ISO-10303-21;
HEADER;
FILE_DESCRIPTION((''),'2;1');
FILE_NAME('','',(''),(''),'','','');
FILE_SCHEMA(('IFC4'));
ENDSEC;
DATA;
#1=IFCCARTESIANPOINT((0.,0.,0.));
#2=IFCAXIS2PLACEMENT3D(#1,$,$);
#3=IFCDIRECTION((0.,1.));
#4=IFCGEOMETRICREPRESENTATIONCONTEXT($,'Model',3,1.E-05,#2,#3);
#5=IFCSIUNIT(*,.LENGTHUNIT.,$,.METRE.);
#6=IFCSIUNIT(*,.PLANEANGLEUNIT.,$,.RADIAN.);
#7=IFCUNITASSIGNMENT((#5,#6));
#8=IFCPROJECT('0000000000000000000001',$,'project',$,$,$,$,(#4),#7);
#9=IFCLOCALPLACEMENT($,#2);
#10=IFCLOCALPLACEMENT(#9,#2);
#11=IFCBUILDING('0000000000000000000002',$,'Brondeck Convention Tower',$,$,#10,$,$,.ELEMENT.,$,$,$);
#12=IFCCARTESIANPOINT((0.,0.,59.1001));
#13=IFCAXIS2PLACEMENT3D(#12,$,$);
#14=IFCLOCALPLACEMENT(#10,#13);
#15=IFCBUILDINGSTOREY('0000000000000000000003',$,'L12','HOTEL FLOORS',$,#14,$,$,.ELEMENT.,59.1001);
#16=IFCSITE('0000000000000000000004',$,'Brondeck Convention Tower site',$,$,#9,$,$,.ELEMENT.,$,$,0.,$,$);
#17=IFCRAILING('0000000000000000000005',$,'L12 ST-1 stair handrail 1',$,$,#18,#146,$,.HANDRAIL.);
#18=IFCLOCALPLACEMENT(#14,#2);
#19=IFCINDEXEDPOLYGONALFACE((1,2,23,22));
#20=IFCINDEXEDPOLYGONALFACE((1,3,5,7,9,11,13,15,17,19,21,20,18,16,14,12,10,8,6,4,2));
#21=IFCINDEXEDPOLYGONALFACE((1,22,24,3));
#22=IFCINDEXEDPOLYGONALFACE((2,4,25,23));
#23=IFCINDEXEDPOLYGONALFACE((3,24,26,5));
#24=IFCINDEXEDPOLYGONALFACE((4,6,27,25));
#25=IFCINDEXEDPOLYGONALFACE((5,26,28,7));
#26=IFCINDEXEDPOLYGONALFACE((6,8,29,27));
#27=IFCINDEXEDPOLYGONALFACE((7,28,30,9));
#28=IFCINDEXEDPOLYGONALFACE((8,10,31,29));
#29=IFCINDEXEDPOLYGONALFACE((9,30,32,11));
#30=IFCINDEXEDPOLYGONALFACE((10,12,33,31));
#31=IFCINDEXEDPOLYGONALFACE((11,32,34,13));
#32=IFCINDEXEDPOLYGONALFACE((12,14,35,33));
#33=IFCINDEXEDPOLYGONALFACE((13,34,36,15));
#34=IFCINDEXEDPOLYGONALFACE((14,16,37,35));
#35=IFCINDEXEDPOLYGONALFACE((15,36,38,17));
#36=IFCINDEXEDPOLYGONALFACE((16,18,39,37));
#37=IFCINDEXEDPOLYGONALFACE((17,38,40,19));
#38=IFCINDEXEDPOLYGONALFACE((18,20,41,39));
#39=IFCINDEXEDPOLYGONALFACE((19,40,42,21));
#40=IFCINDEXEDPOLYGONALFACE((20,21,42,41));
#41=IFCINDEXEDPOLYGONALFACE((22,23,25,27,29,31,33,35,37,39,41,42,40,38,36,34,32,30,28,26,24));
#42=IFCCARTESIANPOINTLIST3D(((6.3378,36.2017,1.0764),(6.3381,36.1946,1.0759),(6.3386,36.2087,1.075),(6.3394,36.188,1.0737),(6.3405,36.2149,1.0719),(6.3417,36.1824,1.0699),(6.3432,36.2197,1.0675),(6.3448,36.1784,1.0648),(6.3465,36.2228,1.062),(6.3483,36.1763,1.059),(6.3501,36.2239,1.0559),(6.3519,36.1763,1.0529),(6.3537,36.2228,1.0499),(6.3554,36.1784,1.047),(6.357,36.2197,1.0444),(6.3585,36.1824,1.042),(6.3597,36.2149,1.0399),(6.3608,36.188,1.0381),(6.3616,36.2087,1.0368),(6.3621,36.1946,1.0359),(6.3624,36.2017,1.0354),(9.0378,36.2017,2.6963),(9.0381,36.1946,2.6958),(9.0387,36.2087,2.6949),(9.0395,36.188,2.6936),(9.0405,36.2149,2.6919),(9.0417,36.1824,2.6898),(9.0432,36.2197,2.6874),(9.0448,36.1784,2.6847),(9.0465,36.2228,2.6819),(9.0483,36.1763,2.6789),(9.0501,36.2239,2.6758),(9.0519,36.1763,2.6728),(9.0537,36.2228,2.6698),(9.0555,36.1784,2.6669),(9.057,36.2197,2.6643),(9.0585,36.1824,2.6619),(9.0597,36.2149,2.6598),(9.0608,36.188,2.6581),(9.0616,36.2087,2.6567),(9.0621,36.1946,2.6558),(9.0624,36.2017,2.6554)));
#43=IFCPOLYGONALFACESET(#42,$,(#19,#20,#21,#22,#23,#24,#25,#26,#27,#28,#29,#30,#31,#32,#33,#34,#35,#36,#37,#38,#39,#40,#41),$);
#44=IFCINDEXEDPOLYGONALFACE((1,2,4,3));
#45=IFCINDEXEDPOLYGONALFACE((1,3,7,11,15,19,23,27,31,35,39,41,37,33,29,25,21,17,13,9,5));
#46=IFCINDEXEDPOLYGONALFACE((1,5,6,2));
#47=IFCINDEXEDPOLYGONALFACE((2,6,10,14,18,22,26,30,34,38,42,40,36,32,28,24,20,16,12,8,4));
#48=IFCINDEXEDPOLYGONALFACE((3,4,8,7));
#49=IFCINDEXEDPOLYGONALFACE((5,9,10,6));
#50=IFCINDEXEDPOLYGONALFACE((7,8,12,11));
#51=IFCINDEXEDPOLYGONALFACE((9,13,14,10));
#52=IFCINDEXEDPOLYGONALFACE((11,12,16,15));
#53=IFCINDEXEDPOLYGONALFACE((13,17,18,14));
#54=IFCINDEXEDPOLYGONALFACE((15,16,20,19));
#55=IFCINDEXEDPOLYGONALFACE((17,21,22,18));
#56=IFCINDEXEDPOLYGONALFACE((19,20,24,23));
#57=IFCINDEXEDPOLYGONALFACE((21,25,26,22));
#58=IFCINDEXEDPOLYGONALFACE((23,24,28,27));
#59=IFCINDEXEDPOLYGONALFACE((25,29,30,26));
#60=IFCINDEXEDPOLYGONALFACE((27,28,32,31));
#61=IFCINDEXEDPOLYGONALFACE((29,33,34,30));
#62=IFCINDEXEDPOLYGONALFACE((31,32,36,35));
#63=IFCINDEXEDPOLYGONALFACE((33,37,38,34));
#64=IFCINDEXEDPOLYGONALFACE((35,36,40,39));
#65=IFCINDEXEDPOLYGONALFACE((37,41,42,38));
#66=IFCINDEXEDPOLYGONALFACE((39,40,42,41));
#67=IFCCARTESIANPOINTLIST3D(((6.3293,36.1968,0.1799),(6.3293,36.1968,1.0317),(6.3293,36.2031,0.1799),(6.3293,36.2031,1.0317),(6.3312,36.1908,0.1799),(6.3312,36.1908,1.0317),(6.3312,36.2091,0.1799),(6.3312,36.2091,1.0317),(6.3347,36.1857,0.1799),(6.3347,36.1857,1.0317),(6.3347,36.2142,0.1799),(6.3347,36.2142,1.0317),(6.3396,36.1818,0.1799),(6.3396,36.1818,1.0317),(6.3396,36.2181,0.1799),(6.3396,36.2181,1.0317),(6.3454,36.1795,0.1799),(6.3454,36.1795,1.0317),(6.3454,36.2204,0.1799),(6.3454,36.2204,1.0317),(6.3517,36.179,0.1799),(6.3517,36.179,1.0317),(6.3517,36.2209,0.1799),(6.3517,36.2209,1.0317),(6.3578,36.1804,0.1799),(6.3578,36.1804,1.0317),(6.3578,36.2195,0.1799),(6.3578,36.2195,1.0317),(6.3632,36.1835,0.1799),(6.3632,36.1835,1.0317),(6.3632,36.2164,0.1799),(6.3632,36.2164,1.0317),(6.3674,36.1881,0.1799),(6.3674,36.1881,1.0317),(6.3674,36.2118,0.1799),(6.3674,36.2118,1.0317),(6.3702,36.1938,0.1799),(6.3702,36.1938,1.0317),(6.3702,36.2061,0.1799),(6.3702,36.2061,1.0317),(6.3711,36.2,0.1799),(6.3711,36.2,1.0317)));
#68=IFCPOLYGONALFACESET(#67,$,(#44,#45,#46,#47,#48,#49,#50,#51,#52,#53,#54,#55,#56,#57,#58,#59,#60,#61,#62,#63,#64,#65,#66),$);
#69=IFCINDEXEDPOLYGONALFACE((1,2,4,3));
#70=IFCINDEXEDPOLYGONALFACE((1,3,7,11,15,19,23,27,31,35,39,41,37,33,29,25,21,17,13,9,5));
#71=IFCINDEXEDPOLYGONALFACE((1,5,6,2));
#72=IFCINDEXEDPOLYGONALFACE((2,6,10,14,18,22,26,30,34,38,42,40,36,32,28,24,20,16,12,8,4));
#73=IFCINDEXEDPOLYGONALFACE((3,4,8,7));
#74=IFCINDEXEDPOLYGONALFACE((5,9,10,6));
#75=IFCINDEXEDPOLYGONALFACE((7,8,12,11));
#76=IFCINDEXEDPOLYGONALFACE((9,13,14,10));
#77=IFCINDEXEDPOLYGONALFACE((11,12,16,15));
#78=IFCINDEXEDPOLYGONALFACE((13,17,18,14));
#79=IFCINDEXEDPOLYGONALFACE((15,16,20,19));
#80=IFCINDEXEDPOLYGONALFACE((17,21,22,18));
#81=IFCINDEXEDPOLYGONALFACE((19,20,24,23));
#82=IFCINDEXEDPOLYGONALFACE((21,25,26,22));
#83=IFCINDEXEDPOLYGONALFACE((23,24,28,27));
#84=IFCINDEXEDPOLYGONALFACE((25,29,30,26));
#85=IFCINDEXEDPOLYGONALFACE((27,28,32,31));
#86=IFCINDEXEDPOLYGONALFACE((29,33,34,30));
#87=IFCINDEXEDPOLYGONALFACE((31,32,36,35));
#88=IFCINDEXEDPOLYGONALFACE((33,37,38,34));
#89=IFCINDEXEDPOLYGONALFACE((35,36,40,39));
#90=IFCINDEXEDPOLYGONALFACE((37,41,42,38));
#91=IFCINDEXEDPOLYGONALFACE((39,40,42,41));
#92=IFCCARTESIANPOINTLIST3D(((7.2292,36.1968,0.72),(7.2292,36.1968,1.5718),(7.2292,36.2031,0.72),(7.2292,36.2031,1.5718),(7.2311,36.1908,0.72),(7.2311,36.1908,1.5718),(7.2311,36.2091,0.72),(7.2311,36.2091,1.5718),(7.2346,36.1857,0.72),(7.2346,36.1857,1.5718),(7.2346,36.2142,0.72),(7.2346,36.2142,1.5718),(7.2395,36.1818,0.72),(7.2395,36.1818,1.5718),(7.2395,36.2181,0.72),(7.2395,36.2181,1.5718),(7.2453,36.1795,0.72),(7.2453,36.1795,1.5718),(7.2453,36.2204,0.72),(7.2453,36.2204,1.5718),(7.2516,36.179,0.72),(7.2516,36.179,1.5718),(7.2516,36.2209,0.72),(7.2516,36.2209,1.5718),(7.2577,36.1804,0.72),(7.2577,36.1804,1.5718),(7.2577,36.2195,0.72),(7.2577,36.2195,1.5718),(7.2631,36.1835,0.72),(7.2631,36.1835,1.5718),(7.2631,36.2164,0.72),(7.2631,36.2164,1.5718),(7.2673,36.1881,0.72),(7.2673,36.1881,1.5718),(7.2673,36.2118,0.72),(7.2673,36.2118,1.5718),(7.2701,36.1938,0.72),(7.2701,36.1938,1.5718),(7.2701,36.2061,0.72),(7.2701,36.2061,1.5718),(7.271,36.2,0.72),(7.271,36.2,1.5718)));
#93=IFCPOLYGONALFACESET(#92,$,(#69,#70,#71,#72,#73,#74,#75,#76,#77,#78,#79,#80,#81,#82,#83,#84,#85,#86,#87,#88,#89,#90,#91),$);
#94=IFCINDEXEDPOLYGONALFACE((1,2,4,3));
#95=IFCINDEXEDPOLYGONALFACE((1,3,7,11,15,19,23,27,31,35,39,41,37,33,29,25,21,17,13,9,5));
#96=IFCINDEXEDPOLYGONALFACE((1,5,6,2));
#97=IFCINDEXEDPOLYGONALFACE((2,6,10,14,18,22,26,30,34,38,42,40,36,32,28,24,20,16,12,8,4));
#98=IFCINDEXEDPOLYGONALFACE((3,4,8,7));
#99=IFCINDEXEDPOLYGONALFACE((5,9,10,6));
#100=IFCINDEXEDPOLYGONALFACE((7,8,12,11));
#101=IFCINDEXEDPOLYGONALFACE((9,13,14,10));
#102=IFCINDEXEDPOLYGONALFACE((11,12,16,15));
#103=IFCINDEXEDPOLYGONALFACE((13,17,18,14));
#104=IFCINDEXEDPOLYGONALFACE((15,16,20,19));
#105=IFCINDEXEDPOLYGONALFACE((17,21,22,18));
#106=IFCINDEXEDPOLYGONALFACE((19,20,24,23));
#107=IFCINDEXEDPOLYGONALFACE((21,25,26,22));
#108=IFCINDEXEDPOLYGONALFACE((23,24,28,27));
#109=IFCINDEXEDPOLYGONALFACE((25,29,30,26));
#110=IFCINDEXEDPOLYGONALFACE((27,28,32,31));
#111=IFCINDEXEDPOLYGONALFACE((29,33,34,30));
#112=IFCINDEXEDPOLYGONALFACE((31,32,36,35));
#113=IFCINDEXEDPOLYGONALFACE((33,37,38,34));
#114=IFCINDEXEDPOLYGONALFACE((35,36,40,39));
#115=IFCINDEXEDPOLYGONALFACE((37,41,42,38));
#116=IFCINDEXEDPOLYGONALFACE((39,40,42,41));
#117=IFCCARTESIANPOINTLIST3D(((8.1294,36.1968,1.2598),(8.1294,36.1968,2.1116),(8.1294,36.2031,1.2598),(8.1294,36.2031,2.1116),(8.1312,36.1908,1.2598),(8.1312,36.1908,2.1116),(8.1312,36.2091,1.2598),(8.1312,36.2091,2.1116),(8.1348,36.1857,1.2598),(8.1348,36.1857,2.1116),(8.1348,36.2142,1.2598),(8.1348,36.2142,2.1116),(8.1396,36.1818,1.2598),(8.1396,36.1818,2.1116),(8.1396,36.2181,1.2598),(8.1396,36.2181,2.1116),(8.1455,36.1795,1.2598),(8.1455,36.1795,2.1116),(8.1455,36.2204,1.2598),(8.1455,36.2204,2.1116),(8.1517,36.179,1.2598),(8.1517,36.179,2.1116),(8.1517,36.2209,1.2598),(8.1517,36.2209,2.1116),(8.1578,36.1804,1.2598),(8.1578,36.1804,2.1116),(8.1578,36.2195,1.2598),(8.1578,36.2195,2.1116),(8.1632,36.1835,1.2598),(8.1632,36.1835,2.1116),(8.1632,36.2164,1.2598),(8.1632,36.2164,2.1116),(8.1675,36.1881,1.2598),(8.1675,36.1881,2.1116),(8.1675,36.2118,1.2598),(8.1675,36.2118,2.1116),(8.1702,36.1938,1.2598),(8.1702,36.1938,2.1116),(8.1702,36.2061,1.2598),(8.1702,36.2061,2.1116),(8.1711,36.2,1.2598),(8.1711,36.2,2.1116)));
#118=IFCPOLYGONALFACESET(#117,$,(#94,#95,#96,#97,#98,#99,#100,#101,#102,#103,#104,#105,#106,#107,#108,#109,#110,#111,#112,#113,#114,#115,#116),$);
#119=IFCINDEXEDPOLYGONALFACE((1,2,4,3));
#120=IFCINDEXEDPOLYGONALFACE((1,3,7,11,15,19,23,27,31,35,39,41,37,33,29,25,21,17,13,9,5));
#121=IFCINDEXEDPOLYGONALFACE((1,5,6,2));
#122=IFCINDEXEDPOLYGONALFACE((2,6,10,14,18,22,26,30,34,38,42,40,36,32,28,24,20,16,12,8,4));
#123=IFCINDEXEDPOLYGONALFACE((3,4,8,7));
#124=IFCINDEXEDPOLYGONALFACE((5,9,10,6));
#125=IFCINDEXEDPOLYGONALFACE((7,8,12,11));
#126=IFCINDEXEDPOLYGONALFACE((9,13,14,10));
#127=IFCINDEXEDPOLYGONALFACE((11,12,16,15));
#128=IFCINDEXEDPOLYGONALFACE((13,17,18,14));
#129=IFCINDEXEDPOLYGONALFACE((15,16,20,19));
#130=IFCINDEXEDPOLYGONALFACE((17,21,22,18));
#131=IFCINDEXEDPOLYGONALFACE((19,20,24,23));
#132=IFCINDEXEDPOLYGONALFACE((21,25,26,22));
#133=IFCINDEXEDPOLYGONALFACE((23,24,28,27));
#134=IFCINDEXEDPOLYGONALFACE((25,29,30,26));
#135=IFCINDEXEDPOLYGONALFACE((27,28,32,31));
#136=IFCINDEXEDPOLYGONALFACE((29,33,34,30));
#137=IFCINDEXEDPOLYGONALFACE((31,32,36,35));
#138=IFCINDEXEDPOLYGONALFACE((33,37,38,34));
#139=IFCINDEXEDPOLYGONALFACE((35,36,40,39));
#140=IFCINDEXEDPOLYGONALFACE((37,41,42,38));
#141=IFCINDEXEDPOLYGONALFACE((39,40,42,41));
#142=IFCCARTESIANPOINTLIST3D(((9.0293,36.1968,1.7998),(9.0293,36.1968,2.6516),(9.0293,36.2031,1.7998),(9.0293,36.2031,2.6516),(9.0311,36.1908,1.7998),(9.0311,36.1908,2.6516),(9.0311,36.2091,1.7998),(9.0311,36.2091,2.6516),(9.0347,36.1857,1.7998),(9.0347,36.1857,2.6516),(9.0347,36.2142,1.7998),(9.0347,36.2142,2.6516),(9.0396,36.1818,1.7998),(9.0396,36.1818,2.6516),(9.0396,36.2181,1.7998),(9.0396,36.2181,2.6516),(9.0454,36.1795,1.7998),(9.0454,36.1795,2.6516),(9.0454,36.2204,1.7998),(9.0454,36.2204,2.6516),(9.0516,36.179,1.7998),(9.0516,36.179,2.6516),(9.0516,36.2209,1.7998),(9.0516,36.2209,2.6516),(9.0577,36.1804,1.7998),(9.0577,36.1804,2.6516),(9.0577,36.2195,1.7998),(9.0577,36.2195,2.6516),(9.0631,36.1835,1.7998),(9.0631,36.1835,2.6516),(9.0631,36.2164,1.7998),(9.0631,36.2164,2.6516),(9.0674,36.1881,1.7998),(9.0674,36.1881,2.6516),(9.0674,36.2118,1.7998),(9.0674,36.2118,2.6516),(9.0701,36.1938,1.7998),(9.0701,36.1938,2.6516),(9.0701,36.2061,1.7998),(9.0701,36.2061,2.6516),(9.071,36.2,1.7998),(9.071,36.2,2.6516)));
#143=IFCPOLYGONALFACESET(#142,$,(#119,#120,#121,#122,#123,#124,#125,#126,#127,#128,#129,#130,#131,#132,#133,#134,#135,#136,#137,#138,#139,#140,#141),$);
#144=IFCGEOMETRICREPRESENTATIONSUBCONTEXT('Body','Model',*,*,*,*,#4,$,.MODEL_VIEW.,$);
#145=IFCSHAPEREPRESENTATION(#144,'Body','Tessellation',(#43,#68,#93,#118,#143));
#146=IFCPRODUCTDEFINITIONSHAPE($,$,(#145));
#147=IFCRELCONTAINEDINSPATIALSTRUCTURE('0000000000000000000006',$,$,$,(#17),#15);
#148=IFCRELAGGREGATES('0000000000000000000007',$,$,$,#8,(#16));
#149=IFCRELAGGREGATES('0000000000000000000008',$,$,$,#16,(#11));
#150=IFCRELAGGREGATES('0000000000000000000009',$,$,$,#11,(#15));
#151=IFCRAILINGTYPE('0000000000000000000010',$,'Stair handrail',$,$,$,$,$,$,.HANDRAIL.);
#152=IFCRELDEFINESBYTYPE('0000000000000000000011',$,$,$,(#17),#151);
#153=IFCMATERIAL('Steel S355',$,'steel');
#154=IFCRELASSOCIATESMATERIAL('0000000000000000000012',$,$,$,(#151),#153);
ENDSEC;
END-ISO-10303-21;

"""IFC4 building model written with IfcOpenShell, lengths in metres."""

from ifc_helpers import new_model, si_unit, direction, frame, origin, origin_2d, place, context, subcontext, project, spatial, circle, extrude, material, type_object, element, save


model = new_model("IFC4")

# Units and contexts
model_context = context("Model", 3, precision=1e-05, world=origin(), true_north=direction((0.0, 1.0)))
body_context = subcontext(model_context, "Body", "Model", "MODEL_VIEW")
ifc_project = project(units=[si_unit("LENGTHUNIT", "METRE"), si_unit("PLANEANGLEUNIT", "RADIAN")], contexts=[model_context])

# Site, building, storey
site_placement = place(None, origin())
site = spatial("IfcSite", under=ifc_project, at=site_placement, Name="Brondeck Convention Tower site", CompositionType="ELEMENT", RefElevation=0.0)
building_placement = place(site_placement, origin())
building = spatial("IfcBuilding", under=site, at=building_placement, Name="Brondeck Convention Tower", CompositionType="ELEMENT")
storey_placement = place(building_placement, frame((0.0, 0.0, 59.1001)))
storey = spatial("IfcBuildingStorey", under=building, at=storey_placement, Name="L12", Description="HOTEL FLOORS", CompositionType="ELEMENT", Elevation=59.1001)

# Railing
ifc_material_1 = material(Name="Steel S355", Category="steel")
railing_type_1 = type_object("IfcRailingType", Name="Stair handrail", PredefinedType="HANDRAIL", material=ifc_material_1)
railing_1_placement = place(storey_placement, frame((6.3501, 36.2, 0.1799)))
element("IfcRailing", 1, at=railing_1_placement, inside=storey, type_object=railing_type_1, Name="L12 ST-1 stair handrail 1", PredefinedType="HANDRAIL", context=body_context, shape_type="SweptSolid", body=[
    extrude(circle(Radius=0.0239, at=origin_2d()), frame((0.0, 0.0, 0.876), z_axis=(0.857507, 0.0, 0.514473), x_axis=(0.0, 1.0, 0.0)), (0.0, 0.0, 1.0), 3.1487),
    extrude(circle(Radius=0.021, at=origin_2d()), origin(), (0.0, 0.0, 1.0), 0.8518),
    extrude(circle(Radius=0.021, at=origin_2d()), frame((0.8999, 0.0, 0.54)), (0.0, 0.0, 1.0), 0.8518),
    extrude(circle(Radius=0.021, at=origin_2d()), frame((1.8, 0.0, 1.0798)), (0.0, 0.0, 1.0), 0.8518),
    extrude(circle(Radius=0.021, at=origin_2d()), frame((2.7, 0.0, 1.6199)), (0.0, 0.0, 1.0), 0.8518),
])

save(model, "model.ifc")
